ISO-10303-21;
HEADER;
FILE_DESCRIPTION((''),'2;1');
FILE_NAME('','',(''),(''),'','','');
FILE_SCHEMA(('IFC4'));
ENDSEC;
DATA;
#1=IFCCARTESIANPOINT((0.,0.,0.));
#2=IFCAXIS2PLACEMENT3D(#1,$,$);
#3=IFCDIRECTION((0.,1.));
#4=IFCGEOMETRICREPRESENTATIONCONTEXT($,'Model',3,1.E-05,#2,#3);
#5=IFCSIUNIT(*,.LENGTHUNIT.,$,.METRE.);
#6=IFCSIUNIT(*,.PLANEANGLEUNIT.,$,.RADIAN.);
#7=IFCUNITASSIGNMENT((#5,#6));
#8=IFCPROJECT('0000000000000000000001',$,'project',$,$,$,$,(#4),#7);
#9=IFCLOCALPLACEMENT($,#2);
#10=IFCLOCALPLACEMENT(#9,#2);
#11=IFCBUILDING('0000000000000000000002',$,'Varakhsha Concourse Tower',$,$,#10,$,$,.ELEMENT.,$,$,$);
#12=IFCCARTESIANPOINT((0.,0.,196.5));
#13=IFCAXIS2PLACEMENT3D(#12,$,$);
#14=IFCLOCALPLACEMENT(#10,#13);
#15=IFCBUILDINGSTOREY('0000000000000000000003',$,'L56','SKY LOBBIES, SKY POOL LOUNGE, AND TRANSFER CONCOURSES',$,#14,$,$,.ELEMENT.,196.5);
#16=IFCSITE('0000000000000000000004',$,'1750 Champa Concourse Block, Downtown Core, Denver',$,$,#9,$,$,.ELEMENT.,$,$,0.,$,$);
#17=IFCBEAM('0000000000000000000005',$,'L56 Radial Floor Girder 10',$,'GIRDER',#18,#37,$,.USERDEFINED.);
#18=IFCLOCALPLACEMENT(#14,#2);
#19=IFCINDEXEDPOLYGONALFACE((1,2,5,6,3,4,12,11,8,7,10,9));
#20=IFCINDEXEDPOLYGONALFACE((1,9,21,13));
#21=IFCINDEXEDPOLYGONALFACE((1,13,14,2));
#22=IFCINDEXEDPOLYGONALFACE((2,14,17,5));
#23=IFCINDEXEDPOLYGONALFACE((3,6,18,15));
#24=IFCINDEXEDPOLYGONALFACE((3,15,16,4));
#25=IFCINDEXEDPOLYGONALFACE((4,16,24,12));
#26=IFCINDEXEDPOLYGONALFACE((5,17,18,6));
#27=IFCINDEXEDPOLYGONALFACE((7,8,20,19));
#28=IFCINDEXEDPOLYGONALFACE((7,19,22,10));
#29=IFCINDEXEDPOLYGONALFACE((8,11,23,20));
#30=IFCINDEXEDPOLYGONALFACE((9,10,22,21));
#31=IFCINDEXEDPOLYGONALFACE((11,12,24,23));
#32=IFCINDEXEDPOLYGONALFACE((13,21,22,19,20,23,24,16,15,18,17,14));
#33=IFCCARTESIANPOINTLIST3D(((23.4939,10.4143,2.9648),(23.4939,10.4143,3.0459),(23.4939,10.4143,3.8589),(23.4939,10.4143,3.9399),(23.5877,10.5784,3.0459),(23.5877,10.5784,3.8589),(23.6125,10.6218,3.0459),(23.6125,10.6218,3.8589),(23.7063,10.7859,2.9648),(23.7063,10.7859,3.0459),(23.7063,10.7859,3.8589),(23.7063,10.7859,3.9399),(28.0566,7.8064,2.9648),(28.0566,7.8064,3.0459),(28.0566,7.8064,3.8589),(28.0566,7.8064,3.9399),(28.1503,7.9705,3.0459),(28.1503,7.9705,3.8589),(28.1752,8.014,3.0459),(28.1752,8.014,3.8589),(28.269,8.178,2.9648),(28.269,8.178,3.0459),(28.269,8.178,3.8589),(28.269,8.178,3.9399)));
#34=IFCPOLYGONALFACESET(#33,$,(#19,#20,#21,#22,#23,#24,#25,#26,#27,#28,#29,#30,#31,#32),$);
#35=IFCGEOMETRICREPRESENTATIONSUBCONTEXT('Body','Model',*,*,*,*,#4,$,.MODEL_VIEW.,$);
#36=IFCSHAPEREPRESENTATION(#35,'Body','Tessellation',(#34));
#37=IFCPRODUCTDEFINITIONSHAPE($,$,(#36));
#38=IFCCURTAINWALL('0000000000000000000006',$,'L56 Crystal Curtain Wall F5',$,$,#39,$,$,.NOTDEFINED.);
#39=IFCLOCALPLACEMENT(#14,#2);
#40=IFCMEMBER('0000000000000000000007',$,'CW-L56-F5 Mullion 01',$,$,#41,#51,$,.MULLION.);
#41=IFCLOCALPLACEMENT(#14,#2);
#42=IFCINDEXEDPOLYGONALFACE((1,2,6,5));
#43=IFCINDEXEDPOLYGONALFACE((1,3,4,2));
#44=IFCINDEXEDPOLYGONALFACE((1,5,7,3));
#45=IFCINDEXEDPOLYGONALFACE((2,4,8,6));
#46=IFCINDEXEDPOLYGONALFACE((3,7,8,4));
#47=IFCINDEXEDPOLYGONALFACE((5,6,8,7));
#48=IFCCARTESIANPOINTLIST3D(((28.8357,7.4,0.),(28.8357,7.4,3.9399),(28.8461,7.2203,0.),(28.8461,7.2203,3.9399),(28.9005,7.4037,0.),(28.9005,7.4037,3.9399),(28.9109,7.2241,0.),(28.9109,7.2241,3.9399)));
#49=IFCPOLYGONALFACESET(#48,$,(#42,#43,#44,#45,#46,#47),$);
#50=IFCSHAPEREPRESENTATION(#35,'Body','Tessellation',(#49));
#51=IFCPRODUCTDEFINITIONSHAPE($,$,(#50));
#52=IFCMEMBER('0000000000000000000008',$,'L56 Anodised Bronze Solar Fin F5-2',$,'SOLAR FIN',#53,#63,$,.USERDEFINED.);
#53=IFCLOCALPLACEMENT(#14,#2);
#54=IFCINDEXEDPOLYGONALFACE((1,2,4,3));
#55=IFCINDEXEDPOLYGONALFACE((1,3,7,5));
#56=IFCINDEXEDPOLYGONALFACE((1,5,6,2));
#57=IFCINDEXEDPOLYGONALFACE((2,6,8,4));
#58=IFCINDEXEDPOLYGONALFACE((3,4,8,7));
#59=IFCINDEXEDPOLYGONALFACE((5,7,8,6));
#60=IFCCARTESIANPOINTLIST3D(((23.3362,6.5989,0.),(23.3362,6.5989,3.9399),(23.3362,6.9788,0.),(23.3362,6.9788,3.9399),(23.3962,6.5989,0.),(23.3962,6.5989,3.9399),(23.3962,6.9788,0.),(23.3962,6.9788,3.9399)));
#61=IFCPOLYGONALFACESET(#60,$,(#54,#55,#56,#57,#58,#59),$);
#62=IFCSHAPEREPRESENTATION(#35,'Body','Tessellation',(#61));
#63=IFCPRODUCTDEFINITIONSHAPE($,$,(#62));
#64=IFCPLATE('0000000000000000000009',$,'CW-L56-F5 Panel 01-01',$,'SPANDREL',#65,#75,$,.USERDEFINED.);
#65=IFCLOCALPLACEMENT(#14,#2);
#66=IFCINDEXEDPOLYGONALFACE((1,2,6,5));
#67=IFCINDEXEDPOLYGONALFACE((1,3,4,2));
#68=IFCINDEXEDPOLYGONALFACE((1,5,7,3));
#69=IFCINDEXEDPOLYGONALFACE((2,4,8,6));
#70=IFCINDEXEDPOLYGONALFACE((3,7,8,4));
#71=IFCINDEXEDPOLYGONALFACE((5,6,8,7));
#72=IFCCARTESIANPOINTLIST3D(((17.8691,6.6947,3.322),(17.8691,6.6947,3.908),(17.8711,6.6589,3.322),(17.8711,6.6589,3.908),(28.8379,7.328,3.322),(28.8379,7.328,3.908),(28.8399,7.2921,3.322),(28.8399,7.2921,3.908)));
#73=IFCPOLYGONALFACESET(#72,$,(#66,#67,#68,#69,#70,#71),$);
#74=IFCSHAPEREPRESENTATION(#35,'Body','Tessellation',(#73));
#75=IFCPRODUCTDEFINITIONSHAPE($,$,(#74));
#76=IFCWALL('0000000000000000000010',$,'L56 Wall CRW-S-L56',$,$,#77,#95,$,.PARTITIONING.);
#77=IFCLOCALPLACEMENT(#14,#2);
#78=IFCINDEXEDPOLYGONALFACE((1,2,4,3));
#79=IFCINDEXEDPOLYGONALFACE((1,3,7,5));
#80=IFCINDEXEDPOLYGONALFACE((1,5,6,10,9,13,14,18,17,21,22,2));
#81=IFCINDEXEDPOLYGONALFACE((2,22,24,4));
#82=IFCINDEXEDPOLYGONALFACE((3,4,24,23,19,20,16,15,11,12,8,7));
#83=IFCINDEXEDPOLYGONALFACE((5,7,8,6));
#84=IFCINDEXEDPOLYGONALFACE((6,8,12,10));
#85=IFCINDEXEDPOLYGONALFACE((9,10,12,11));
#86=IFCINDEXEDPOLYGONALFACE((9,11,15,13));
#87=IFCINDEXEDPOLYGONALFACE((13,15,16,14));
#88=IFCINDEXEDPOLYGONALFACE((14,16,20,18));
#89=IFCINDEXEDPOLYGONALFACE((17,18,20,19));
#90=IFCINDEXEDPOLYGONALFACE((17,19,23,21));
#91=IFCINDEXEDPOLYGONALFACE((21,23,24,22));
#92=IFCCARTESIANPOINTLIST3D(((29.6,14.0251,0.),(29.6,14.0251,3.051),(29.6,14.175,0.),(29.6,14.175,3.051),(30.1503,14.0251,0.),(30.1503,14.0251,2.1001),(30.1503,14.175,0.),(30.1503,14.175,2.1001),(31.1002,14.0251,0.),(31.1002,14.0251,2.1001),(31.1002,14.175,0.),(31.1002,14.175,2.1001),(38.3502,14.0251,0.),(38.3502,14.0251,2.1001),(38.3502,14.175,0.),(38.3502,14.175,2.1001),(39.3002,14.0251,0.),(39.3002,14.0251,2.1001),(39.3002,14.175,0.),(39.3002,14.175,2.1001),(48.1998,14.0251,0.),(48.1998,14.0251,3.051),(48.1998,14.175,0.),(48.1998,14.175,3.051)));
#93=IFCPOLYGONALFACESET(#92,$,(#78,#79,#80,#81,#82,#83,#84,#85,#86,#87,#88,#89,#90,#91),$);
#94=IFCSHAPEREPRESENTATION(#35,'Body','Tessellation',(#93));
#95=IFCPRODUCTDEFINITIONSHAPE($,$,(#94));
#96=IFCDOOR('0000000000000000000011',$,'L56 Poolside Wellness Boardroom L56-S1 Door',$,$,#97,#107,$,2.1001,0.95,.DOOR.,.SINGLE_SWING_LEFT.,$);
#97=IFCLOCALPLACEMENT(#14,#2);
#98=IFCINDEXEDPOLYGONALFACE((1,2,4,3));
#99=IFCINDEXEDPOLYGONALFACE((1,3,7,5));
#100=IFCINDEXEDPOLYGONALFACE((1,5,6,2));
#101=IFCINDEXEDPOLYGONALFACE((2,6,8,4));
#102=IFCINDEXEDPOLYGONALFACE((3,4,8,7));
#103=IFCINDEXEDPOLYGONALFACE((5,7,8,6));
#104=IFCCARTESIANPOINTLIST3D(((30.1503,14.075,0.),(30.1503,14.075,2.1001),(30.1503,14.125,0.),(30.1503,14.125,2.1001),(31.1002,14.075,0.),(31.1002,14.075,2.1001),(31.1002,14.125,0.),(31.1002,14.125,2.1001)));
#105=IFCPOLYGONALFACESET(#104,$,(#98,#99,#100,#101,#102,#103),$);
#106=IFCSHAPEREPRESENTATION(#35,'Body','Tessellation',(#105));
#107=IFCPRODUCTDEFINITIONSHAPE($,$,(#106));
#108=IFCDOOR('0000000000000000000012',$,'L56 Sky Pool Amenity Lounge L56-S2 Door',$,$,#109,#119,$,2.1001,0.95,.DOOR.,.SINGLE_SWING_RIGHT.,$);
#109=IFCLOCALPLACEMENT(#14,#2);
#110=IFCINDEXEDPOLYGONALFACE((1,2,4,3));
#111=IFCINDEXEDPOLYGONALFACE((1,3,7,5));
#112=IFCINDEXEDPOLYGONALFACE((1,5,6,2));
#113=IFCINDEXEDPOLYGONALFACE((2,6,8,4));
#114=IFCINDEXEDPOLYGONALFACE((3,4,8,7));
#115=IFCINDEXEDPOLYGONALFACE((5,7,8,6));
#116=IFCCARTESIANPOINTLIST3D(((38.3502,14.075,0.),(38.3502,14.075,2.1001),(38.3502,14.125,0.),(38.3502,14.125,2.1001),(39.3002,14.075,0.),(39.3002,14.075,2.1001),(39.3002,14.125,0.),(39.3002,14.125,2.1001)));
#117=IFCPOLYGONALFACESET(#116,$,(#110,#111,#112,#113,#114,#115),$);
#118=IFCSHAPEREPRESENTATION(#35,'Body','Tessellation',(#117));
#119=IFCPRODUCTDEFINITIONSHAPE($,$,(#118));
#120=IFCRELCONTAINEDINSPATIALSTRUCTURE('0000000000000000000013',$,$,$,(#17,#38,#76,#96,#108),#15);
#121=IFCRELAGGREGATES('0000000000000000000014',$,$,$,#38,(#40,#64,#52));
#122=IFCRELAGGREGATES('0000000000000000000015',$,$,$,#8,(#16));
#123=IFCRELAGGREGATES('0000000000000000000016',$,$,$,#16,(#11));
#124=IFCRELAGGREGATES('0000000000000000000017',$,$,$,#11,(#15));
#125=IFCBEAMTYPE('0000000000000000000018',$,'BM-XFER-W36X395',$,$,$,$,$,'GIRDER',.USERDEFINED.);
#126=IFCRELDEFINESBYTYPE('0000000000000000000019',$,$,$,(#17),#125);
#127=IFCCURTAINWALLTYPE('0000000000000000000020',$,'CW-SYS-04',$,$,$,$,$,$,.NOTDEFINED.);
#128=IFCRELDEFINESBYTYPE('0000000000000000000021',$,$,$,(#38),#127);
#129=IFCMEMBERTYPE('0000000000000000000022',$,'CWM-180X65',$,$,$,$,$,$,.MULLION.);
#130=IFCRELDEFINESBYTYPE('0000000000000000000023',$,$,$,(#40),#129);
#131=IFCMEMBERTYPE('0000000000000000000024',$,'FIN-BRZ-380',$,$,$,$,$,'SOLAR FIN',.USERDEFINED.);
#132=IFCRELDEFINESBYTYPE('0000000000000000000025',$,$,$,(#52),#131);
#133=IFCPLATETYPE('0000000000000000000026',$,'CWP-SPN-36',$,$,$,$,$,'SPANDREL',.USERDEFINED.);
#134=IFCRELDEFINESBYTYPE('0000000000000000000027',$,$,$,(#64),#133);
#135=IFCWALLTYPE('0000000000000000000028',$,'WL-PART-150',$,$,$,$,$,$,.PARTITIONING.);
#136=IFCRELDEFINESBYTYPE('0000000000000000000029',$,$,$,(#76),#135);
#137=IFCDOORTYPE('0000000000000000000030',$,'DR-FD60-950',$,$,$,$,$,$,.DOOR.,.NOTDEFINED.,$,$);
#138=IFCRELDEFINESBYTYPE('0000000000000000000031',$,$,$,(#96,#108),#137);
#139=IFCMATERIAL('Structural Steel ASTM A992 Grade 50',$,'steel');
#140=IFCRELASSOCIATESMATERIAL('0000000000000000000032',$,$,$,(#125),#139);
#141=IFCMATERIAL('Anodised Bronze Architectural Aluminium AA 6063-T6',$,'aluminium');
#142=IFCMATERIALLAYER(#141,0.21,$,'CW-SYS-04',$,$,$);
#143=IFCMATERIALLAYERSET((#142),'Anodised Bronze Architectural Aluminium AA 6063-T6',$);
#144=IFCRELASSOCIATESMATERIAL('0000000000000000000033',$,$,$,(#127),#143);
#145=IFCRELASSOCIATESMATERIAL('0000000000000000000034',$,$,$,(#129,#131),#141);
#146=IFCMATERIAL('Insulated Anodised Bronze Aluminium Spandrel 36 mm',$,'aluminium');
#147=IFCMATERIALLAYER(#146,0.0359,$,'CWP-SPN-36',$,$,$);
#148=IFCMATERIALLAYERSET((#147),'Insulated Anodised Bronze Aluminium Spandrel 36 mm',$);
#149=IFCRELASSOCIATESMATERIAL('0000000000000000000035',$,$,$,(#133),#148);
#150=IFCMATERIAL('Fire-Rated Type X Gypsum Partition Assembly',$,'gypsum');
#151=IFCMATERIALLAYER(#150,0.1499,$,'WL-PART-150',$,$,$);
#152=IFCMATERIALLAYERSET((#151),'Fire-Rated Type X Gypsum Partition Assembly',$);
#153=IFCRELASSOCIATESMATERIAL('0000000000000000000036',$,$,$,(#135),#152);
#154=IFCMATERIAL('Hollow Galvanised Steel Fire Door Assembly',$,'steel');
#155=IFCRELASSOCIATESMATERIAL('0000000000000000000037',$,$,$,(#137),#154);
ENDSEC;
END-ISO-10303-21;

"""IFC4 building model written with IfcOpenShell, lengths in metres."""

from ifc_helpers import new_model, si_unit, direction, frame, frame_2d, origin, origin_2d, place, context, subcontext, project, spatial, rectangle, i_section, extrude, source, transform, mapped, material, layer, layer_set, material_profile, profile_set, type_object, type_shapes, element, fill, aggregate, save


model = new_model("IFC4")

# Units and contexts
model_context = context("Model", 3, precision=1e-05, world=origin(), true_north=direction((0.0, 1.0)))
body_context = subcontext(model_context, "Body", "Model", "MODEL_VIEW")
ifc_project = project(units=[si_unit("LENGTHUNIT", "METRE"), si_unit("PLANEANGLEUNIT", "RADIAN")], contexts=[model_context])

# Site, building, storey
site_placement = place(None, origin())
site = spatial("IfcSite", under=ifc_project, at=site_placement, Name="1750 Champa Concourse Block, Downtown Core, Denver", CompositionType="ELEMENT", RefElevation=0.0)
building_placement = place(site_placement, origin())
building = spatial("IfcBuilding", under=site, at=building_placement, Name="Varakhsha Concourse Tower", CompositionType="ELEMENT")
storey_placement = place(building_placement, frame((0.0, 0.0, 196.5)))
storey = spatial("IfcBuildingStorey", under=building, at=storey_placement, Name="L56", Description="SKY LOBBIES, SKY POOL LOUNGE, AND TRANSFER CONCOURSES", CompositionType="ELEMENT", Elevation=196.5)

# Shared definitions
ifc_material_1 = material(Name="Structural Steel ASTM A992 Grade 50", Category="steel")

# Beam
ifc_material_profile_1 = material_profile(ifc_material_1, i_section(OverallWidth=0.428, OverallDepth=0.9751, WebThickness=0.05, FlangeThickness=0.0811, at=origin_2d()), Name="W36X395")
ifc_profile_set_1 = profile_set([ifc_material_profile_1], Name="Structural Steel ASTM A992 Grade 50")
beam_type_1 = type_object("IfcBeamType", Name="BM-XFER-W36X395", ElementType="GIRDER", PredefinedType="USERDEFINED", material=ifc_profile_set_1)
beam_1_placement = place(storey_placement, frame((23.6001, 10.6001, 3.4524), z_axis=(0.868192, -0.496229, 0.0), x_axis=(0.496229, 0.868192, 0.0)))
element("IfcBeam", 1, at=beam_1_placement, inside=storey, type_object=beam_type_1, Name="L56 Radial Floor Girder 10", ObjectType="GIRDER", PredefinedType="USERDEFINED", context=body_context, shape_type="SweptSolid", body=[
    extrude(i_section(OverallWidth=0.428, OverallDepth=0.9751, WebThickness=0.05, FlangeThickness=0.0811, at=origin_2d()), origin(), (0.0, 0.0, 1.0), 5.2554),
])

# Curtain wall, members, plate
ifc_material_2 = material(Name="Anodised Bronze Architectural Aluminium AA 6063-T6", Category="aluminium")
ifc_layer_1 = layer(ifc_material_2, 0.21, Name="CW-SYS-04")
ifc_layer_set_1 = layer_set([ifc_layer_1], Name="Anodised Bronze Architectural Aluminium AA 6063-T6")
curtain_wall_type = type_object("IfcCurtainWallType", Name="CW-SYS-04", PredefinedType="NOTDEFINED", material=ifc_layer_set_1)
curtain_wall_placement = place(storey_placement, origin())
curtain_wall = element("IfcCurtainWall", 2, at=curtain_wall_placement, inside=storey, type_object=curtain_wall_type, Name="L56 Crystal Curtain Wall F5", PredefinedType="NOTDEFINED")
ifc_material_profile_2 = material_profile(ifc_material_2, rectangle(XDim=0.0649, YDim=0.1799, at=origin_2d()), Name="CWM-180X65")
ifc_profile_set_2 = profile_set([ifc_material_profile_2], Name="Anodised Bronze Architectural Aluminium AA 6063-T6")
member_type_1 = type_object("IfcMemberType", Name="CWM-180X65", PredefinedType="MULLION", material=ifc_profile_set_2)
shared_shape_1 = source(origin(), body_context, "Body", "SweptSolid", [
    extrude(rectangle(XDim=0.0649, YDim=0.1799, at=origin_2d()), origin(), (0.0, 0.0, 1.0), 3.9399),
])
type_shapes(member_type_1, [shared_shape_1])
member_1_placement = place(storey_placement, frame((28.8733, 7.312, 0.0), z_axis=(0.0, 0.0, 1.0), x_axis=(-0.998337, -0.057639, 0.0)))
member_1 = element("IfcMember", 3, at=member_1_placement, type_object=member_type_1, Name="CW-L56-F5 Mullion 01", PredefinedType="MULLION", context=body_context, shape_type="MappedRepresentation", body=[
    mapped(shared_shape_1, transform((0.0, 0.0, 0.0), scale=1.0)),
])
ifc_material_profile_3 = material_profile(ifc_material_2, rectangle(XDim=0.0601, YDim=0.3799, at=origin_2d()), Name="FIN-BRZ-380")
ifc_profile_set_3 = profile_set([ifc_material_profile_3], Name="Anodised Bronze Architectural Aluminium AA 6063-T6")
member_type_2 = type_object("IfcMemberType", Name="FIN-BRZ-380", ElementType="SOLAR FIN", PredefinedType="USERDEFINED", material=ifc_profile_set_3)
shared_shape_2 = source(origin(), body_context, "Body", "SweptSolid", [
    extrude(rectangle(XDim=0.0601, YDim=0.3799, at=origin_2d()), origin(), (0.0, 0.0, 1.0), 3.9399),
])
type_shapes(member_type_2, [shared_shape_2])
member_2_placement = place(storey_placement, frame((23.3662, 6.7888, 0.0), z_axis=(0.0, 0.0, 1.0), x_axis=(1.0, 0.0, 0.0)))
member_2 = element("IfcMember", 4, at=member_2_placement, type_object=member_type_2, Name="L56 Anodised Bronze Solar Fin F5-2", ObjectType="SOLAR FIN", PredefinedType="USERDEFINED", context=body_context, shape_type="MappedRepresentation", body=[
    mapped(shared_shape_2, transform((0.0, 0.0, 0.0), scale=1.0)),
])
ifc_material_3 = material(Name="Insulated Anodised Bronze Aluminium Spandrel 36 mm", Category="aluminium")
ifc_layer_2 = layer(ifc_material_3, 0.0359, Name="CWP-SPN-36")
ifc_layer_set_2 = layer_set([ifc_layer_2], Name="Insulated Anodised Bronze Aluminium Spandrel 36 mm")
plate_type = type_object("IfcPlateType", Name="CWP-SPN-36", ElementType="SPANDREL", PredefinedType="USERDEFINED", material=ifc_layer_set_2)
shared_shape_3 = source(origin(), body_context, "Body", "SweptSolid", [
    extrude(rectangle(XDim=10.9871, YDim=0.0359, at=origin_2d()), origin(), (0.0, 0.0, 1.0), 0.5859),
])
type_shapes(plate_type, [shared_shape_3])
plate_placement = place(storey_placement, frame((23.3545, 6.9934, 3.322), z_axis=(0.0, 0.0, 1.0), x_axis=(-0.998337, -0.057639, 0.0)))
plate = element("IfcPlate", 5, at=plate_placement, type_object=plate_type, Name="CW-L56-F5 Panel 01-01", ObjectType="SPANDREL", PredefinedType="USERDEFINED", context=body_context, shape_type="MappedRepresentation", body=[
    mapped(shared_shape_3, transform((0.0, 0.0, 0.0), scale=1.0)),
])
aggregate(curtain_wall, [member_1, plate, member_2])

# Wall, openings, doors
ifc_material_4 = material(Name="Fire-Rated Type X Gypsum Partition Assembly", Category="gypsum")
ifc_layer_3 = layer(ifc_material_4, 0.1499, Name="WL-PART-150")
ifc_layer_set_3 = layer_set([ifc_layer_3], Name="Fire-Rated Type X Gypsum Partition Assembly")
wall_type = type_object("IfcWallType", Name="WL-PART-150", PredefinedType="PARTITIONING", material=ifc_layer_set_3)
wall_1_placement = place(storey_placement, frame((29.6001, 14.1001, 0.0), z_axis=(0.0, 0.0, 1.0), x_axis=(1.0, 0.0, 0.0)))
wall_1 = element("IfcWall", 6, at=wall_1_placement, inside=storey, type_object=wall_type, Name="L56 Wall CRW-S-L56", PredefinedType="PARTITIONING", context=body_context, shape_type="SweptSolid", body=[
    extrude(rectangle(XDim=18.5999, YDim=0.1499, at=frame_2d((9.2998, 0.0))), origin(), (0.0, 0.0, 1.0), 3.051),
])
opening_1_placement = place(wall_1_placement, frame((0.55, 0.0, 0.0)))
opening_1 = element("IfcOpeningElement", 7, at=opening_1_placement, cuts=wall_1, PredefinedType="OPENING", context=body_context, shape_type="SweptSolid", body=[
    extrude(rectangle(XDim=0.95, YDim=2.1001, at=frame_2d((0.4751, 1.05))), frame((0.0, 0.085, 0.0), z_axis=(0.0, -1.0, 0.0), x_axis=(1.0, 0.0, 0.0)), (0.0, 0.0, 1.0), 0.1699),
])
opening_2_placement = place(wall_1_placement, frame((8.75, 0.0, 0.0)))
opening_2 = element("IfcOpeningElement", 8, at=opening_2_placement, cuts=wall_1, PredefinedType="OPENING", context=body_context, shape_type="SweptSolid", body=[
    extrude(rectangle(XDim=0.95, YDim=2.1001, at=frame_2d((0.4751, 1.05))), frame((0.0, 0.085, 0.0), z_axis=(0.0, -1.0, 0.0), x_axis=(1.0, 0.0, 0.0)), (0.0, 0.0, 1.0), 0.1699),
])
ifc_material_5 = material(Name="Hollow Galvanised Steel Fire Door Assembly", Category="steel")
door_type_1 = type_object("IfcDoorType", Name="DR-FD60-950", OperationType="NOTDEFINED", PredefinedType="DOOR", material=ifc_material_5)
door_1_placement = place(opening_1_placement, origin())
door_1 = element("IfcDoor", 9, at=door_1_placement, inside=storey, type_object=door_type_1, Name="L56 Poolside Wellness Boardroom L56-S1 Door", OperationType="SINGLE_SWING_LEFT", OverallHeight=2.1001, OverallWidth=0.95, PredefinedType="DOOR", context=body_context, shape_type="SweptSolid", body=[
    extrude(rectangle(XDim=0.95, YDim=2.1001, at=frame_2d((0.4751, 1.05))), frame((0.0, 0.0249, 0.0), z_axis=(0.0, -1.0, 0.0), x_axis=(1.0, 0.0, 0.0)), (0.0, 0.0, 1.0), 0.05),
])
fill(opening_1, door_1)
door_2_placement = place(opening_2_placement, origin())
door_2 = element("IfcDoor", 10, at=door_2_placement, inside=storey, type_object=door_type_1, Name="L56 Sky Pool Amenity Lounge L56-S2 Door", OperationType="SINGLE_SWING_RIGHT", OverallHeight=2.1001, OverallWidth=0.95, PredefinedType="DOOR", context=body_context, shape_type="SweptSolid", body=[
    extrude(rectangle(XDim=0.95, YDim=2.1001, at=frame_2d((0.4751, 1.05))), frame((0.0, 0.0249, 0.0), z_axis=(0.0, -1.0, 0.0), x_axis=(1.0, 0.0, 0.0)), (0.0, 0.0, 1.0), 0.05),
])
fill(opening_2, door_2)

save(model, "model.ifc")
